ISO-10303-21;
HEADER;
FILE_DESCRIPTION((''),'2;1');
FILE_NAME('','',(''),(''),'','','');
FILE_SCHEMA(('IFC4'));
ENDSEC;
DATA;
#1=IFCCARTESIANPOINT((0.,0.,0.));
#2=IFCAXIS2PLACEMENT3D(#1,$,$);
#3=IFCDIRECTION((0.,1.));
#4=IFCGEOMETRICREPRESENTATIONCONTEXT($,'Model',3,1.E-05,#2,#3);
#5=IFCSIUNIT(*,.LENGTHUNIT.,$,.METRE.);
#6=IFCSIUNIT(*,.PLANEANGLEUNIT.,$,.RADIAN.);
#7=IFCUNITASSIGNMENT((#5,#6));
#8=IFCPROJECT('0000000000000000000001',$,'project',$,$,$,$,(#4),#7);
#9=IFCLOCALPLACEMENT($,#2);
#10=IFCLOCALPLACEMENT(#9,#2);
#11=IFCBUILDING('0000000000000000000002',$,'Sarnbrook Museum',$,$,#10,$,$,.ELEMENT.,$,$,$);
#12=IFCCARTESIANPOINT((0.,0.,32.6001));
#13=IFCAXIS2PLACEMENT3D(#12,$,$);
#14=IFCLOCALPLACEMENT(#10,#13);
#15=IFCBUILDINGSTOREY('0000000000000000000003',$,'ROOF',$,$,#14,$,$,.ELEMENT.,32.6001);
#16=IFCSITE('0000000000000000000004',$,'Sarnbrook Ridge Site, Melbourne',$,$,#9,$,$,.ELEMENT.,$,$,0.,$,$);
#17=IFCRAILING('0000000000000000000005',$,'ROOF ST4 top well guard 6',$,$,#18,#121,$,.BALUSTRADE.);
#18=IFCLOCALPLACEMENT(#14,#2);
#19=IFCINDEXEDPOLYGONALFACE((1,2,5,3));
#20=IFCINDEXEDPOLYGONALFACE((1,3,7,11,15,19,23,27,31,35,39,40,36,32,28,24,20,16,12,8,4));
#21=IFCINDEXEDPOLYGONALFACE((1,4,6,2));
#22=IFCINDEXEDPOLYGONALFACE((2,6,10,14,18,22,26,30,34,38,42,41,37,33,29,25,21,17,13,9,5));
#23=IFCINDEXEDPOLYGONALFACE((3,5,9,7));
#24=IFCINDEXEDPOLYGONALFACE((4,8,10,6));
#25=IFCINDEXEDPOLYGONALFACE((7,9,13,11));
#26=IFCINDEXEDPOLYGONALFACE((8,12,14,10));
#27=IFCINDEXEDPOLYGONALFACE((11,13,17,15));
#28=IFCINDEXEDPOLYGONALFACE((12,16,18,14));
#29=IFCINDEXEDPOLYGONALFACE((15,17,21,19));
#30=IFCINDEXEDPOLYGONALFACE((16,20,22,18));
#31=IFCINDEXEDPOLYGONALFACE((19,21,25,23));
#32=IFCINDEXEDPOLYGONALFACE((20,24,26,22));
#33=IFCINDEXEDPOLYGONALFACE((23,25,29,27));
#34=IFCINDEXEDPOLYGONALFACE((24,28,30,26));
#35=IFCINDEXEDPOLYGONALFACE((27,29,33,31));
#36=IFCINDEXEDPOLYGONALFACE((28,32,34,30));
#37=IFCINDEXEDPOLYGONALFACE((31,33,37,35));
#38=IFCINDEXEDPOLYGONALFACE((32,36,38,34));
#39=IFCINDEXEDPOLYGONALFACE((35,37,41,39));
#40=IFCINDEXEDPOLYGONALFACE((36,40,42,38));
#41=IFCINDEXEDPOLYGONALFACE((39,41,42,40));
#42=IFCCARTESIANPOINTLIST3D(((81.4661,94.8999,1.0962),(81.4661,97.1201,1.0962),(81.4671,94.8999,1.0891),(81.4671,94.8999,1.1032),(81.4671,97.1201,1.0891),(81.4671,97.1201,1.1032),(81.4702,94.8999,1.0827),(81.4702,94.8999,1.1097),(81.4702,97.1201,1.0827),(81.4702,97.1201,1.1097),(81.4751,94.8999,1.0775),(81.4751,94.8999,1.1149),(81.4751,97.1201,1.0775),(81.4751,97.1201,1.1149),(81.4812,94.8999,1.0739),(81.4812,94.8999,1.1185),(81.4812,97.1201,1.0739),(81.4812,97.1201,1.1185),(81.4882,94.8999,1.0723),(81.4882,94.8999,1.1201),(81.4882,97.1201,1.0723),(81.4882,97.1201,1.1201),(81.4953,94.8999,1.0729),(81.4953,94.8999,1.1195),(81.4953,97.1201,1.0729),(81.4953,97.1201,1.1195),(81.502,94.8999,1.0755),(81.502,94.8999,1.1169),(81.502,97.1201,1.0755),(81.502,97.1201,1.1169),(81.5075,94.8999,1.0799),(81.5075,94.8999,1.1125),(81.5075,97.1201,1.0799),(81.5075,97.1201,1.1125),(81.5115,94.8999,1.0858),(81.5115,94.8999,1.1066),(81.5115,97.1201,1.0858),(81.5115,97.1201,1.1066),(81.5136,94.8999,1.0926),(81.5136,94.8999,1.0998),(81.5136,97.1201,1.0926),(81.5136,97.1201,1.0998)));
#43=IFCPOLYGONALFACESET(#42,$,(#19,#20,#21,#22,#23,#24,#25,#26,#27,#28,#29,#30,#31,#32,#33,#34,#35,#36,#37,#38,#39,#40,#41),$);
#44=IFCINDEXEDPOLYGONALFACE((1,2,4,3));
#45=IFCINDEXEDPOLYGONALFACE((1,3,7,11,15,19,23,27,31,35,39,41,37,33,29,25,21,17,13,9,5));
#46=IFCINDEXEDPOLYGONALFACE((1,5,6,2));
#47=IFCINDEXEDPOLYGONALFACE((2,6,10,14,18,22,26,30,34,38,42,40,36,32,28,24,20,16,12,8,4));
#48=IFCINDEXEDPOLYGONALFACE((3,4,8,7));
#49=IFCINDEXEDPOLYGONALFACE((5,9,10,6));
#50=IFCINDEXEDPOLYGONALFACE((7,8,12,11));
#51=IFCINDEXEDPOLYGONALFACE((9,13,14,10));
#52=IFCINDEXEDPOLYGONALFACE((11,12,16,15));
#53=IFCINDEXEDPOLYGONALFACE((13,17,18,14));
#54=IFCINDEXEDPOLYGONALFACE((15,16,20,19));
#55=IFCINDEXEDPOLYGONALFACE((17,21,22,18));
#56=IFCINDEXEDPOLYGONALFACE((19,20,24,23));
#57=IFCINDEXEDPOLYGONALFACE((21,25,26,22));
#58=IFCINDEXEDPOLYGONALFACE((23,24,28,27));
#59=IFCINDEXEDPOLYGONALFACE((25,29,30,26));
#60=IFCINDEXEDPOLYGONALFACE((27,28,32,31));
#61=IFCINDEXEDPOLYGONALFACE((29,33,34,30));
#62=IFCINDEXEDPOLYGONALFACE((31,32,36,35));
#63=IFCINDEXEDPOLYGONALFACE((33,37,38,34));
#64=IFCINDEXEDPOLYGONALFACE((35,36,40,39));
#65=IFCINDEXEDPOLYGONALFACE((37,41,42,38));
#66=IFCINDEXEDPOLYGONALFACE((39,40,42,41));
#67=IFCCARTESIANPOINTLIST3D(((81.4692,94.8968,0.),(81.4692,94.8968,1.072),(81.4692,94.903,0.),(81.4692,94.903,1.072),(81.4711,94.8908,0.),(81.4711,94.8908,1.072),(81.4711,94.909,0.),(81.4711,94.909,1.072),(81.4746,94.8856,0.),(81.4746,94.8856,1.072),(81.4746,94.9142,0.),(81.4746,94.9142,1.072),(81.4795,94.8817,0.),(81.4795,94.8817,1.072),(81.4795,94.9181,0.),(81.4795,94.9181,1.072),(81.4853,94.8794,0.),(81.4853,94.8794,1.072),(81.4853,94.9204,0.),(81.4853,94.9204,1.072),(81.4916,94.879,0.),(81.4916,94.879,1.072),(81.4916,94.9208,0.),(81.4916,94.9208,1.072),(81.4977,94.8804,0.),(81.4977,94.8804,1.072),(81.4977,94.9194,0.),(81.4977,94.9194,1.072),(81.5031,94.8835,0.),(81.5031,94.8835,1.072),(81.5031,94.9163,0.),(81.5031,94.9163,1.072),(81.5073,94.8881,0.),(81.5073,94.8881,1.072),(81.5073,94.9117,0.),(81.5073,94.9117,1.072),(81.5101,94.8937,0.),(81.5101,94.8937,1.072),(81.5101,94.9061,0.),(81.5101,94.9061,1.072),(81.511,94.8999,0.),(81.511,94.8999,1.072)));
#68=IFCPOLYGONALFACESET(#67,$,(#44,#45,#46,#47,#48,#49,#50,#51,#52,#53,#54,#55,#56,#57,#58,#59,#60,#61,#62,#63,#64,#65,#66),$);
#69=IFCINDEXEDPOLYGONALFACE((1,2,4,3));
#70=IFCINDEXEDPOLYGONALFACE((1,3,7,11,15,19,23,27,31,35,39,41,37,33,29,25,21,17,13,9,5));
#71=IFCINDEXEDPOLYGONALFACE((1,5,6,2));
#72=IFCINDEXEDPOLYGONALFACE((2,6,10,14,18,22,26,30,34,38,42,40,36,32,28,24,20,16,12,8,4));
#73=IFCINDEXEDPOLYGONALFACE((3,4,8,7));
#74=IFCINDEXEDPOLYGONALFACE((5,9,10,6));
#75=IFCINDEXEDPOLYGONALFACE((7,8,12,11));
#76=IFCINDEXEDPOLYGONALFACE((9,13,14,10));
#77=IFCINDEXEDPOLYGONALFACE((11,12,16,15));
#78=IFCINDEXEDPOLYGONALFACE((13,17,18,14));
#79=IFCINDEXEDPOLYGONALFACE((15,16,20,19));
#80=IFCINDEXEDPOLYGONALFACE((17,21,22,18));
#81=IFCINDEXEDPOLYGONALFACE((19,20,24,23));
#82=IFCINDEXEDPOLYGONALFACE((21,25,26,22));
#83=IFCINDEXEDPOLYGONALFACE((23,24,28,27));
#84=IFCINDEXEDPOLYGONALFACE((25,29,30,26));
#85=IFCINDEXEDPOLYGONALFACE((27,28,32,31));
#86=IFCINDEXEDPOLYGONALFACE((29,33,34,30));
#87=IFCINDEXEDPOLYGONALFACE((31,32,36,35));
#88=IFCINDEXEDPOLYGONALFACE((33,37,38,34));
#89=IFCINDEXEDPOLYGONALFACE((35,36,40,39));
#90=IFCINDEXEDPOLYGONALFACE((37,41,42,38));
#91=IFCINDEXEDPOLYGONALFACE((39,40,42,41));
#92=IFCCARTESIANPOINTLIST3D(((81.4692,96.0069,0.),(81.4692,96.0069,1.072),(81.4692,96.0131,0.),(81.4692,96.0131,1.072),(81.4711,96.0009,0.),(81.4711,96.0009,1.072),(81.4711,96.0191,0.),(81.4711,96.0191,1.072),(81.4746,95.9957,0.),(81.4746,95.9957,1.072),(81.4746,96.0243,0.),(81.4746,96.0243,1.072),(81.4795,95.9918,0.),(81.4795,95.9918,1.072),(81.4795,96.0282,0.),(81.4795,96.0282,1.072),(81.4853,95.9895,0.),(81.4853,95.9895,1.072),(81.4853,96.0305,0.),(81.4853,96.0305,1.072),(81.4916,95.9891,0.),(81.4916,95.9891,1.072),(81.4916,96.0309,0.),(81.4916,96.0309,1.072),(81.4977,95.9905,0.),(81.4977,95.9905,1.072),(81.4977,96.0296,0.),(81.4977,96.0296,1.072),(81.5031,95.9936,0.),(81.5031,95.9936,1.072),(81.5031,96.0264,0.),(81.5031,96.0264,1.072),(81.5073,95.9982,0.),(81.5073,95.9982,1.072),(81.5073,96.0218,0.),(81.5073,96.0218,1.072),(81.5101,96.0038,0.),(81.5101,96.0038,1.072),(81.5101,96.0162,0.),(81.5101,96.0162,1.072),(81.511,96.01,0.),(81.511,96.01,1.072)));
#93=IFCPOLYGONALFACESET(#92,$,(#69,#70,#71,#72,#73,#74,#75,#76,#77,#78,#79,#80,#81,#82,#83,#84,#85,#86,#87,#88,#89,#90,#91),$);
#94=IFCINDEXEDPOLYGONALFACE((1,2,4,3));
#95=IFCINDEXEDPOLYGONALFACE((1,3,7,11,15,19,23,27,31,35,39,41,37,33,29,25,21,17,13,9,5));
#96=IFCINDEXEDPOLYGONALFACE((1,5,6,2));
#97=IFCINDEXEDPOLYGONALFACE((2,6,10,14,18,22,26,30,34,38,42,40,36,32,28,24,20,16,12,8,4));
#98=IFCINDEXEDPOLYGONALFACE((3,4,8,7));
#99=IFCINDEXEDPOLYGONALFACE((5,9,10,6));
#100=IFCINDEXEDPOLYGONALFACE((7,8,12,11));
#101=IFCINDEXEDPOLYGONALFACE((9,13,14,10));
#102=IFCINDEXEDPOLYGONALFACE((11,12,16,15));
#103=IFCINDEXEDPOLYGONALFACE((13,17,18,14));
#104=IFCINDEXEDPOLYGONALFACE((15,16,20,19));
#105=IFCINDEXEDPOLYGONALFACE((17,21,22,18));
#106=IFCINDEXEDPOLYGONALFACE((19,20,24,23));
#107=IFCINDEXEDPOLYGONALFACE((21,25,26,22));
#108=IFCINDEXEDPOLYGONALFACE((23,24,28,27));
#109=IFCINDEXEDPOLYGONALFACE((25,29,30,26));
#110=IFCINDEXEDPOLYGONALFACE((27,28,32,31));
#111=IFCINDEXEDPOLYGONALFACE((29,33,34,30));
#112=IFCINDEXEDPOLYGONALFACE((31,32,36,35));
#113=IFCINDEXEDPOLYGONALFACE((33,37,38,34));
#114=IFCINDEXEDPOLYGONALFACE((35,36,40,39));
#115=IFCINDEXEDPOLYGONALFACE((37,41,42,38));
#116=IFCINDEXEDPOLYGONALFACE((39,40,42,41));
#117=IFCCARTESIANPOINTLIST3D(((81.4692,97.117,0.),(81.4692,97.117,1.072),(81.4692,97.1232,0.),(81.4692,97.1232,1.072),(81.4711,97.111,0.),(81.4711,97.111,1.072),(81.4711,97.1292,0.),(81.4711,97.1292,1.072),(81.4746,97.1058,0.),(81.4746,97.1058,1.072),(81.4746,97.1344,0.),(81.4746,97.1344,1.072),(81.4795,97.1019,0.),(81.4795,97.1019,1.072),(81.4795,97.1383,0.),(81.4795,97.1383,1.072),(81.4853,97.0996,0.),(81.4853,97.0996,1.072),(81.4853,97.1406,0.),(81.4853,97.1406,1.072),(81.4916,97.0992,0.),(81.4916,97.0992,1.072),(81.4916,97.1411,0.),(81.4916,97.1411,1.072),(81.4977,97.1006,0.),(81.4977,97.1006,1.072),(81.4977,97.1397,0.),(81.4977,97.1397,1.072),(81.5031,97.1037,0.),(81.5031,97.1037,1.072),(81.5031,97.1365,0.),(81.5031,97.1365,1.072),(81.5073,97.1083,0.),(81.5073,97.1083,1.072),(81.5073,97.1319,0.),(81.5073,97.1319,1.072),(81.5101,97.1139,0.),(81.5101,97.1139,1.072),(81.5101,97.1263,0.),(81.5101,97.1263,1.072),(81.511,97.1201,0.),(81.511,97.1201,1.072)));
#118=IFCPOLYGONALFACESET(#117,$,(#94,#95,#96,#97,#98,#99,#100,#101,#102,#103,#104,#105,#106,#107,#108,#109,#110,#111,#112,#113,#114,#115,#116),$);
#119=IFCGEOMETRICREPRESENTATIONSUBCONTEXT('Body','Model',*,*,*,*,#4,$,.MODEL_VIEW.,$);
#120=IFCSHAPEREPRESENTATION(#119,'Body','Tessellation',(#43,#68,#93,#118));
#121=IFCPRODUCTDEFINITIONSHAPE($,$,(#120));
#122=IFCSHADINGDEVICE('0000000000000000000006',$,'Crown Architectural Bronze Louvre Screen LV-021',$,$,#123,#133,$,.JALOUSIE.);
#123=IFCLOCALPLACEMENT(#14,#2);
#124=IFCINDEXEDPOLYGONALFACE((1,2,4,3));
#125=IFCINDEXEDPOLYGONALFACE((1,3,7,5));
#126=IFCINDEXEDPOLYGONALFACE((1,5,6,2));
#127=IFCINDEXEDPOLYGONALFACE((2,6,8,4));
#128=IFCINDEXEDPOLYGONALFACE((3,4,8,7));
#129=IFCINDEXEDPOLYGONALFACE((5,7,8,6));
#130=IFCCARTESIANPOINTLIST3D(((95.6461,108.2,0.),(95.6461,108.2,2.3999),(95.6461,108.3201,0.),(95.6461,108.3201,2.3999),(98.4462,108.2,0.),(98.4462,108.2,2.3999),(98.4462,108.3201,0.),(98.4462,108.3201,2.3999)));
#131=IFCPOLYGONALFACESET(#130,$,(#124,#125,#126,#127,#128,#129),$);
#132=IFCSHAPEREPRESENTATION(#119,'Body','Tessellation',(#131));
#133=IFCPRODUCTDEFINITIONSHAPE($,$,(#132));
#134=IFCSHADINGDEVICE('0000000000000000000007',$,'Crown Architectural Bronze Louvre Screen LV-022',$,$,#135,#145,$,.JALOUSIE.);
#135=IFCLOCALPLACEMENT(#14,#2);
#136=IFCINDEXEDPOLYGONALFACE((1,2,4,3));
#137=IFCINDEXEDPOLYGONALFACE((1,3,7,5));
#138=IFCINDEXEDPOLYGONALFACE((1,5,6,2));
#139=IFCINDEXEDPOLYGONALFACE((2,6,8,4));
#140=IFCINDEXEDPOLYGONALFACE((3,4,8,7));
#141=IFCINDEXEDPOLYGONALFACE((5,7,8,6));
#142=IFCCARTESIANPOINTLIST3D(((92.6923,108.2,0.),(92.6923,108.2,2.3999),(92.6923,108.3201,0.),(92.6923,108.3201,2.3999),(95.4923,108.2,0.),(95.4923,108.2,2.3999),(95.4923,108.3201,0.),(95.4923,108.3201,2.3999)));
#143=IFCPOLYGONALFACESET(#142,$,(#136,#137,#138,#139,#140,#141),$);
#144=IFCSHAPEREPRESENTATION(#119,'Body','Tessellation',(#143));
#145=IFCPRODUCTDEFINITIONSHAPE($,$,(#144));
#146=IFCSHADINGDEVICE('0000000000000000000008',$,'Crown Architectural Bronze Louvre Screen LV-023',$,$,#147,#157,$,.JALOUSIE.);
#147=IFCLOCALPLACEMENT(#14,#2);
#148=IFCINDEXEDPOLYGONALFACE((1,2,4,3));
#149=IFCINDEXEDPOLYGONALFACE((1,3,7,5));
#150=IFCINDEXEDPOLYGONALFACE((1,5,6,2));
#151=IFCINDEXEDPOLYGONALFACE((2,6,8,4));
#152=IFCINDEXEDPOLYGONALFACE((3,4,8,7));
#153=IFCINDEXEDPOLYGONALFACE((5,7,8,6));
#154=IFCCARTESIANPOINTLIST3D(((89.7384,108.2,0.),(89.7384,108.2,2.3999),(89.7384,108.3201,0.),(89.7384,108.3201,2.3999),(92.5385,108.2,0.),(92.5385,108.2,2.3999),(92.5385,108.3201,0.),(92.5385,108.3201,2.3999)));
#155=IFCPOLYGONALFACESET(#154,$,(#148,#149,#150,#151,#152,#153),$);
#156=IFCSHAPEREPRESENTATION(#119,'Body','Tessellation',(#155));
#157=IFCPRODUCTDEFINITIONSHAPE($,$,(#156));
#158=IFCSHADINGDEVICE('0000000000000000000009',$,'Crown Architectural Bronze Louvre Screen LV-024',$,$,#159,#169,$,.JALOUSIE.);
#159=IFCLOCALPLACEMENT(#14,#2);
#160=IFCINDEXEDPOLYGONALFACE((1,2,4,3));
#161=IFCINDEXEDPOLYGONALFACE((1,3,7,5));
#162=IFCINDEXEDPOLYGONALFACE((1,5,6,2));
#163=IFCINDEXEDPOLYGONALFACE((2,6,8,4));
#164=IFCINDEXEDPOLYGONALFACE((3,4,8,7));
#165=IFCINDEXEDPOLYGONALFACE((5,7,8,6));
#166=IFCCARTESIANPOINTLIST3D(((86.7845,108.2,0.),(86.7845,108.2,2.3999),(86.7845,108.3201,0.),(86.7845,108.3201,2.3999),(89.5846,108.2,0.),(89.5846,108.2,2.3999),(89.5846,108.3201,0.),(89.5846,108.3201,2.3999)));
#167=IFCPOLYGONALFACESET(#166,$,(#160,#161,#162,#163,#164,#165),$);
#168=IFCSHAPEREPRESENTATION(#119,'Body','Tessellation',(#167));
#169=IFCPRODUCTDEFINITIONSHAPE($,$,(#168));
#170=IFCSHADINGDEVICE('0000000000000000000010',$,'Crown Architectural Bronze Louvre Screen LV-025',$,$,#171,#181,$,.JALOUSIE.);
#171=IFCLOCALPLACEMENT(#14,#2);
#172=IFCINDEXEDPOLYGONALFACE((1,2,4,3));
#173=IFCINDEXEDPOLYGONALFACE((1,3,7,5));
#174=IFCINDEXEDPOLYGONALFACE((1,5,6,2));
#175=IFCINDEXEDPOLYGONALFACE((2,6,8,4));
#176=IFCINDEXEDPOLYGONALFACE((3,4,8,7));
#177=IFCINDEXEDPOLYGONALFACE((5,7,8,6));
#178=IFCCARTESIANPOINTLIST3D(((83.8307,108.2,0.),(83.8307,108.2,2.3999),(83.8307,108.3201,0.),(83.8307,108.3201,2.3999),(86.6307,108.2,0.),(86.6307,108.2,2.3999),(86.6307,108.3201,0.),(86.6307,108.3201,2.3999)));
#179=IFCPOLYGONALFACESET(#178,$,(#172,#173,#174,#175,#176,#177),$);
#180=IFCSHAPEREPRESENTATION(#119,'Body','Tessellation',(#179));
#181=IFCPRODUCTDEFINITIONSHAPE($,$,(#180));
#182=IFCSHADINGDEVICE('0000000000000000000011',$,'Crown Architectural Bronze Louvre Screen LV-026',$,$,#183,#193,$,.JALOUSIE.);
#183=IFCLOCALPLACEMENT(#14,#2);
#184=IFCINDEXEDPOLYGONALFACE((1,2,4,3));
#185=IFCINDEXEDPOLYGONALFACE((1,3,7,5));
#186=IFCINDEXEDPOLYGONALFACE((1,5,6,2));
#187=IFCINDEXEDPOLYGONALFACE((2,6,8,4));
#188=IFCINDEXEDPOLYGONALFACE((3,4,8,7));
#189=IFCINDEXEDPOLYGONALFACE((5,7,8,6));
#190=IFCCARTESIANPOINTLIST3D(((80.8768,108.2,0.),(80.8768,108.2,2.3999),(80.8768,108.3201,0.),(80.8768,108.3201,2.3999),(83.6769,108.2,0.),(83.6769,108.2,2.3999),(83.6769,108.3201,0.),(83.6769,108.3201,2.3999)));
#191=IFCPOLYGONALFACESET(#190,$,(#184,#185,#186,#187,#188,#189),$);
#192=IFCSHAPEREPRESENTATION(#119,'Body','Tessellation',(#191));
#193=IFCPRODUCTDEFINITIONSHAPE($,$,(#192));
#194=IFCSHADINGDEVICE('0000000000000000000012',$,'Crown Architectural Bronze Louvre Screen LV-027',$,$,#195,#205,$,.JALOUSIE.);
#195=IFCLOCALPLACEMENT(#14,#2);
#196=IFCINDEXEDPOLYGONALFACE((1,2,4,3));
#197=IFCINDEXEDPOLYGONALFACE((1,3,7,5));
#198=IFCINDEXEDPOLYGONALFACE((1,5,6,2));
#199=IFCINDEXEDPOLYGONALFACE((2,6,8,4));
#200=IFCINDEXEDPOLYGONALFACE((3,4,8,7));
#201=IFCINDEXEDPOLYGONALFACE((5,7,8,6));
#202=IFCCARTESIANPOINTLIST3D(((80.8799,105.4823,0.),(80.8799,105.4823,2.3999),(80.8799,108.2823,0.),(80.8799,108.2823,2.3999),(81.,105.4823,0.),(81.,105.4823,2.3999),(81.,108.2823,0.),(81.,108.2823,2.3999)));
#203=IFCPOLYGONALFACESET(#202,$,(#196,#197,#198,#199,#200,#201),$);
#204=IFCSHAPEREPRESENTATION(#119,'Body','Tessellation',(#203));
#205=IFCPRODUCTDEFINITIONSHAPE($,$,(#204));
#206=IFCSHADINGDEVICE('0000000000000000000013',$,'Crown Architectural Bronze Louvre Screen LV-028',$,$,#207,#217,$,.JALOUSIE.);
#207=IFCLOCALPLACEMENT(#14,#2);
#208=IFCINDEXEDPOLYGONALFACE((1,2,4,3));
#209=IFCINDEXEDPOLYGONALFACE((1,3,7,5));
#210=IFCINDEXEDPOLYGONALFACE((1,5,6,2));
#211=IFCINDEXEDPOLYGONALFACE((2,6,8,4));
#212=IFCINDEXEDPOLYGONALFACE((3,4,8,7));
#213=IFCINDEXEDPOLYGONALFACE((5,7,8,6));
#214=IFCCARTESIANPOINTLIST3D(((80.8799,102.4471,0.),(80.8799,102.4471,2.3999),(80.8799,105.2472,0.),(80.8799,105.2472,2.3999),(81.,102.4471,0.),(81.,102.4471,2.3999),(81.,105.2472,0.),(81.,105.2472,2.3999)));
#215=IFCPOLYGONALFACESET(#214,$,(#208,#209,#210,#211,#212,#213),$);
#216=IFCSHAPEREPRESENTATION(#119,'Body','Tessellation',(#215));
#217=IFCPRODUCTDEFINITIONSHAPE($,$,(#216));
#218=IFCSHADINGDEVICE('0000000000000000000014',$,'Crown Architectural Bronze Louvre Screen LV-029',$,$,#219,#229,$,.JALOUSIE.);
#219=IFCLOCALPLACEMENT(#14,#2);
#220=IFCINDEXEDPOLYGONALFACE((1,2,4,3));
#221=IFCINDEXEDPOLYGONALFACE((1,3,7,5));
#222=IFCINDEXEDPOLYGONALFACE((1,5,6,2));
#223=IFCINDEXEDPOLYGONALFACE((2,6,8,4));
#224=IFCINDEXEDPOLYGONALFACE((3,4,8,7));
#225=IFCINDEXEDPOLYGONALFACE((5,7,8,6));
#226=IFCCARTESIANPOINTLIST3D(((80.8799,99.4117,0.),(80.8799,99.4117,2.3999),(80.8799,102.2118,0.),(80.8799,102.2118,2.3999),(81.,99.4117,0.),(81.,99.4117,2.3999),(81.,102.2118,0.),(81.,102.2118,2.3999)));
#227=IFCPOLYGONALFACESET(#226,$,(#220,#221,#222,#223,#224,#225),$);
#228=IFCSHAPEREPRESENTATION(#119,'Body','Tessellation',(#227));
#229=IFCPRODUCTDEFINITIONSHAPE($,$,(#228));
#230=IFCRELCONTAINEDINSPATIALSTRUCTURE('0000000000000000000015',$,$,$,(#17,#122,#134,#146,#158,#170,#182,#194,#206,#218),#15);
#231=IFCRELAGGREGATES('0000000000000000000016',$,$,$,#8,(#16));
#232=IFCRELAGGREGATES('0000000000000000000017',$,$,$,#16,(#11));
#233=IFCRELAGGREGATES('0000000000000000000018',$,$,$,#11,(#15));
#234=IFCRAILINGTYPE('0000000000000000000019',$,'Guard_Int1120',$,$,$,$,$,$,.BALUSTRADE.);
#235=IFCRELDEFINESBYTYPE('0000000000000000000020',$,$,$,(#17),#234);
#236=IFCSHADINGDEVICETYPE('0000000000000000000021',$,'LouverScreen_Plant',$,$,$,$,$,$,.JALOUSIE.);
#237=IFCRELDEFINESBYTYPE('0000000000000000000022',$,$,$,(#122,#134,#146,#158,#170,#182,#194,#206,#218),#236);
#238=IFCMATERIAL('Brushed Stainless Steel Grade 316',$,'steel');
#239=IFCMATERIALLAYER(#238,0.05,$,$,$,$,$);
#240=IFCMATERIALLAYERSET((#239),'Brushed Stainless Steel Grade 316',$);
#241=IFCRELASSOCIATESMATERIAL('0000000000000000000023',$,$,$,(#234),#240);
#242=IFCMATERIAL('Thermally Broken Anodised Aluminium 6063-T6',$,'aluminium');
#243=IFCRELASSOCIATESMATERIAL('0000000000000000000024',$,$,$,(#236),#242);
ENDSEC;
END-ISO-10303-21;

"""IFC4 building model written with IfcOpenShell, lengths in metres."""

from ifc_helpers import new_model, si_unit, direction, frame, origin, origin_2d, place, context, subcontext, project, spatial, rectangle, circle, extrude, material, layer, layer_set, type_object, element, save


model = new_model("IFC4")

# Units and contexts
model_context = context("Model", 3, precision=1e-05, world=origin(), true_north=direction((0.0, 1.0)))
body_context = subcontext(model_context, "Body", "Model", "MODEL_VIEW")
ifc_project = project(units=[si_unit("LENGTHUNIT", "METRE"), si_unit("PLANEANGLEUNIT", "RADIAN")], contexts=[model_context])

# Site, building, storey
site_placement = place(None, origin())
site = spatial("IfcSite", under=ifc_project, at=site_placement, Name="Sarnbrook Ridge Site, Melbourne", CompositionType="ELEMENT", RefElevation=0.0)
building_placement = place(site_placement, origin())
building = spatial("IfcBuilding", under=site, at=building_placement, Name="Sarnbrook Museum", CompositionType="ELEMENT")
storey_placement = place(building_placement, frame((0.0, 0.0, 32.6001)))
storey = spatial("IfcBuildingStorey", under=building, at=storey_placement, Name="ROOF", CompositionType="ELEMENT", Elevation=32.6001)

# Shared definitions
ifc_material_1 = material(Name="Brushed Stainless Steel Grade 316", Category="steel")

# Railing
ifc_layer_1 = layer(ifc_material_1, 0.05)
ifc_layer_set_1 = layer_set([ifc_layer_1], Name="Brushed Stainless Steel Grade 316")
railing_type = type_object("IfcRailingType", Name="Guard_Int1120", PredefinedType="BALUSTRADE", material=ifc_layer_set_1)
for number, where, name in (
    (1, (81.49, 94.8999, 0.0), "ROOF ST4 top well guard 6"),
):
    element("IfcRailing", number, at=place(storey_placement, frame(where)), inside=storey, type_object=railing_type, Name=name, PredefinedType="BALUSTRADE", context=body_context, shape_type="SweptSolid", body=[
        extrude(circle(Radius=0.0239, at=origin_2d()), frame((0.0, 0.0, 1.0962), z_axis=(0.0, 1.0, 0.0), x_axis=(-1.0, 0.0, 0.0)), (0.0, 0.0, 1.0), 2.2202),
        extrude(circle(Radius=0.021, at=origin_2d()), origin(), (0.0, 0.0, 1.0), 1.072),
        extrude(circle(Radius=0.021, at=origin_2d()), frame((0.0, 1.1101, 0.0)), (0.0, 0.0, 1.0), 1.072),
        extrude(circle(Radius=0.021, at=origin_2d()), frame((0.0, 2.2202, 0.0)), (0.0, 0.0, 1.0), 1.072),
    ])

# Shading devices
ifc_material_2 = material(Name="Thermally Broken Anodised Aluminium 6063-T6", Category="aluminium")
shading_device_type = type_object("IfcShadingDeviceType", Name="LouverScreen_Plant", PredefinedType="JALOUSIE", material=ifc_material_2)
for number, where, z_axis, x_axis, name in (
    (2, (97.0461, 108.26, 0.0), (0.0, 0.0, 1.0), (-1.0, 0.0, 0.0), "Crown Architectural Bronze Louvre Screen LV-021"),
    (3, (94.0923, 108.26, 0.0), (0.0, 0.0, 1.0), (-1.0, 0.0, 0.0), "Crown Architectural Bronze Louvre Screen LV-022"),
    (4, (91.1384, 108.26, 0.0), (0.0, 0.0, 1.0), (-1.0, 0.0, 0.0), "Crown Architectural Bronze Louvre Screen LV-023"),
    (5, (88.1846, 108.26, 0.0), (0.0, 0.0, 1.0), (-1.0, 0.0, 0.0), "Crown Architectural Bronze Louvre Screen LV-024"),
    (6, (85.2307, 108.26, 0.0), (0.0, 0.0, 1.0), (-1.0, 0.0, 0.0), "Crown Architectural Bronze Louvre Screen LV-025"),
    (7, (82.2769, 108.26, 0.0), (0.0, 0.0, 1.0), (-1.0, 0.0, 0.0), "Crown Architectural Bronze Louvre Screen LV-026"),
    (8, (80.9399, 106.8823, 0.0), (0.0, 0.0, 1.0), (0.0, -1.0, 0.0), "Crown Architectural Bronze Louvre Screen LV-027"),
    (9, (80.9399, 103.8472, 0.0), (0.0, 0.0, 1.0), (0.0, -1.0, 0.0), "Crown Architectural Bronze Louvre Screen LV-028"),
    (10, (80.9399, 100.8118, 0.0), (0.0, 0.0, 1.0), (0.0, -1.0, 0.0), "Crown Architectural Bronze Louvre Screen LV-029"),
):
    element("IfcShadingDevice", number, at=place(storey_placement, frame(where, z_axis=z_axis, x_axis=x_axis)), inside=storey, type_object=shading_device_type, Name=name, PredefinedType="JALOUSIE", context=body_context, shape_type="SweptSolid", body=[
        extrude(rectangle(XDim=2.8, YDim=0.1201, at=origin_2d()), origin(), (0.0, 0.0, 1.0), 2.3999),
    ])

save(model, "model.ifc")
